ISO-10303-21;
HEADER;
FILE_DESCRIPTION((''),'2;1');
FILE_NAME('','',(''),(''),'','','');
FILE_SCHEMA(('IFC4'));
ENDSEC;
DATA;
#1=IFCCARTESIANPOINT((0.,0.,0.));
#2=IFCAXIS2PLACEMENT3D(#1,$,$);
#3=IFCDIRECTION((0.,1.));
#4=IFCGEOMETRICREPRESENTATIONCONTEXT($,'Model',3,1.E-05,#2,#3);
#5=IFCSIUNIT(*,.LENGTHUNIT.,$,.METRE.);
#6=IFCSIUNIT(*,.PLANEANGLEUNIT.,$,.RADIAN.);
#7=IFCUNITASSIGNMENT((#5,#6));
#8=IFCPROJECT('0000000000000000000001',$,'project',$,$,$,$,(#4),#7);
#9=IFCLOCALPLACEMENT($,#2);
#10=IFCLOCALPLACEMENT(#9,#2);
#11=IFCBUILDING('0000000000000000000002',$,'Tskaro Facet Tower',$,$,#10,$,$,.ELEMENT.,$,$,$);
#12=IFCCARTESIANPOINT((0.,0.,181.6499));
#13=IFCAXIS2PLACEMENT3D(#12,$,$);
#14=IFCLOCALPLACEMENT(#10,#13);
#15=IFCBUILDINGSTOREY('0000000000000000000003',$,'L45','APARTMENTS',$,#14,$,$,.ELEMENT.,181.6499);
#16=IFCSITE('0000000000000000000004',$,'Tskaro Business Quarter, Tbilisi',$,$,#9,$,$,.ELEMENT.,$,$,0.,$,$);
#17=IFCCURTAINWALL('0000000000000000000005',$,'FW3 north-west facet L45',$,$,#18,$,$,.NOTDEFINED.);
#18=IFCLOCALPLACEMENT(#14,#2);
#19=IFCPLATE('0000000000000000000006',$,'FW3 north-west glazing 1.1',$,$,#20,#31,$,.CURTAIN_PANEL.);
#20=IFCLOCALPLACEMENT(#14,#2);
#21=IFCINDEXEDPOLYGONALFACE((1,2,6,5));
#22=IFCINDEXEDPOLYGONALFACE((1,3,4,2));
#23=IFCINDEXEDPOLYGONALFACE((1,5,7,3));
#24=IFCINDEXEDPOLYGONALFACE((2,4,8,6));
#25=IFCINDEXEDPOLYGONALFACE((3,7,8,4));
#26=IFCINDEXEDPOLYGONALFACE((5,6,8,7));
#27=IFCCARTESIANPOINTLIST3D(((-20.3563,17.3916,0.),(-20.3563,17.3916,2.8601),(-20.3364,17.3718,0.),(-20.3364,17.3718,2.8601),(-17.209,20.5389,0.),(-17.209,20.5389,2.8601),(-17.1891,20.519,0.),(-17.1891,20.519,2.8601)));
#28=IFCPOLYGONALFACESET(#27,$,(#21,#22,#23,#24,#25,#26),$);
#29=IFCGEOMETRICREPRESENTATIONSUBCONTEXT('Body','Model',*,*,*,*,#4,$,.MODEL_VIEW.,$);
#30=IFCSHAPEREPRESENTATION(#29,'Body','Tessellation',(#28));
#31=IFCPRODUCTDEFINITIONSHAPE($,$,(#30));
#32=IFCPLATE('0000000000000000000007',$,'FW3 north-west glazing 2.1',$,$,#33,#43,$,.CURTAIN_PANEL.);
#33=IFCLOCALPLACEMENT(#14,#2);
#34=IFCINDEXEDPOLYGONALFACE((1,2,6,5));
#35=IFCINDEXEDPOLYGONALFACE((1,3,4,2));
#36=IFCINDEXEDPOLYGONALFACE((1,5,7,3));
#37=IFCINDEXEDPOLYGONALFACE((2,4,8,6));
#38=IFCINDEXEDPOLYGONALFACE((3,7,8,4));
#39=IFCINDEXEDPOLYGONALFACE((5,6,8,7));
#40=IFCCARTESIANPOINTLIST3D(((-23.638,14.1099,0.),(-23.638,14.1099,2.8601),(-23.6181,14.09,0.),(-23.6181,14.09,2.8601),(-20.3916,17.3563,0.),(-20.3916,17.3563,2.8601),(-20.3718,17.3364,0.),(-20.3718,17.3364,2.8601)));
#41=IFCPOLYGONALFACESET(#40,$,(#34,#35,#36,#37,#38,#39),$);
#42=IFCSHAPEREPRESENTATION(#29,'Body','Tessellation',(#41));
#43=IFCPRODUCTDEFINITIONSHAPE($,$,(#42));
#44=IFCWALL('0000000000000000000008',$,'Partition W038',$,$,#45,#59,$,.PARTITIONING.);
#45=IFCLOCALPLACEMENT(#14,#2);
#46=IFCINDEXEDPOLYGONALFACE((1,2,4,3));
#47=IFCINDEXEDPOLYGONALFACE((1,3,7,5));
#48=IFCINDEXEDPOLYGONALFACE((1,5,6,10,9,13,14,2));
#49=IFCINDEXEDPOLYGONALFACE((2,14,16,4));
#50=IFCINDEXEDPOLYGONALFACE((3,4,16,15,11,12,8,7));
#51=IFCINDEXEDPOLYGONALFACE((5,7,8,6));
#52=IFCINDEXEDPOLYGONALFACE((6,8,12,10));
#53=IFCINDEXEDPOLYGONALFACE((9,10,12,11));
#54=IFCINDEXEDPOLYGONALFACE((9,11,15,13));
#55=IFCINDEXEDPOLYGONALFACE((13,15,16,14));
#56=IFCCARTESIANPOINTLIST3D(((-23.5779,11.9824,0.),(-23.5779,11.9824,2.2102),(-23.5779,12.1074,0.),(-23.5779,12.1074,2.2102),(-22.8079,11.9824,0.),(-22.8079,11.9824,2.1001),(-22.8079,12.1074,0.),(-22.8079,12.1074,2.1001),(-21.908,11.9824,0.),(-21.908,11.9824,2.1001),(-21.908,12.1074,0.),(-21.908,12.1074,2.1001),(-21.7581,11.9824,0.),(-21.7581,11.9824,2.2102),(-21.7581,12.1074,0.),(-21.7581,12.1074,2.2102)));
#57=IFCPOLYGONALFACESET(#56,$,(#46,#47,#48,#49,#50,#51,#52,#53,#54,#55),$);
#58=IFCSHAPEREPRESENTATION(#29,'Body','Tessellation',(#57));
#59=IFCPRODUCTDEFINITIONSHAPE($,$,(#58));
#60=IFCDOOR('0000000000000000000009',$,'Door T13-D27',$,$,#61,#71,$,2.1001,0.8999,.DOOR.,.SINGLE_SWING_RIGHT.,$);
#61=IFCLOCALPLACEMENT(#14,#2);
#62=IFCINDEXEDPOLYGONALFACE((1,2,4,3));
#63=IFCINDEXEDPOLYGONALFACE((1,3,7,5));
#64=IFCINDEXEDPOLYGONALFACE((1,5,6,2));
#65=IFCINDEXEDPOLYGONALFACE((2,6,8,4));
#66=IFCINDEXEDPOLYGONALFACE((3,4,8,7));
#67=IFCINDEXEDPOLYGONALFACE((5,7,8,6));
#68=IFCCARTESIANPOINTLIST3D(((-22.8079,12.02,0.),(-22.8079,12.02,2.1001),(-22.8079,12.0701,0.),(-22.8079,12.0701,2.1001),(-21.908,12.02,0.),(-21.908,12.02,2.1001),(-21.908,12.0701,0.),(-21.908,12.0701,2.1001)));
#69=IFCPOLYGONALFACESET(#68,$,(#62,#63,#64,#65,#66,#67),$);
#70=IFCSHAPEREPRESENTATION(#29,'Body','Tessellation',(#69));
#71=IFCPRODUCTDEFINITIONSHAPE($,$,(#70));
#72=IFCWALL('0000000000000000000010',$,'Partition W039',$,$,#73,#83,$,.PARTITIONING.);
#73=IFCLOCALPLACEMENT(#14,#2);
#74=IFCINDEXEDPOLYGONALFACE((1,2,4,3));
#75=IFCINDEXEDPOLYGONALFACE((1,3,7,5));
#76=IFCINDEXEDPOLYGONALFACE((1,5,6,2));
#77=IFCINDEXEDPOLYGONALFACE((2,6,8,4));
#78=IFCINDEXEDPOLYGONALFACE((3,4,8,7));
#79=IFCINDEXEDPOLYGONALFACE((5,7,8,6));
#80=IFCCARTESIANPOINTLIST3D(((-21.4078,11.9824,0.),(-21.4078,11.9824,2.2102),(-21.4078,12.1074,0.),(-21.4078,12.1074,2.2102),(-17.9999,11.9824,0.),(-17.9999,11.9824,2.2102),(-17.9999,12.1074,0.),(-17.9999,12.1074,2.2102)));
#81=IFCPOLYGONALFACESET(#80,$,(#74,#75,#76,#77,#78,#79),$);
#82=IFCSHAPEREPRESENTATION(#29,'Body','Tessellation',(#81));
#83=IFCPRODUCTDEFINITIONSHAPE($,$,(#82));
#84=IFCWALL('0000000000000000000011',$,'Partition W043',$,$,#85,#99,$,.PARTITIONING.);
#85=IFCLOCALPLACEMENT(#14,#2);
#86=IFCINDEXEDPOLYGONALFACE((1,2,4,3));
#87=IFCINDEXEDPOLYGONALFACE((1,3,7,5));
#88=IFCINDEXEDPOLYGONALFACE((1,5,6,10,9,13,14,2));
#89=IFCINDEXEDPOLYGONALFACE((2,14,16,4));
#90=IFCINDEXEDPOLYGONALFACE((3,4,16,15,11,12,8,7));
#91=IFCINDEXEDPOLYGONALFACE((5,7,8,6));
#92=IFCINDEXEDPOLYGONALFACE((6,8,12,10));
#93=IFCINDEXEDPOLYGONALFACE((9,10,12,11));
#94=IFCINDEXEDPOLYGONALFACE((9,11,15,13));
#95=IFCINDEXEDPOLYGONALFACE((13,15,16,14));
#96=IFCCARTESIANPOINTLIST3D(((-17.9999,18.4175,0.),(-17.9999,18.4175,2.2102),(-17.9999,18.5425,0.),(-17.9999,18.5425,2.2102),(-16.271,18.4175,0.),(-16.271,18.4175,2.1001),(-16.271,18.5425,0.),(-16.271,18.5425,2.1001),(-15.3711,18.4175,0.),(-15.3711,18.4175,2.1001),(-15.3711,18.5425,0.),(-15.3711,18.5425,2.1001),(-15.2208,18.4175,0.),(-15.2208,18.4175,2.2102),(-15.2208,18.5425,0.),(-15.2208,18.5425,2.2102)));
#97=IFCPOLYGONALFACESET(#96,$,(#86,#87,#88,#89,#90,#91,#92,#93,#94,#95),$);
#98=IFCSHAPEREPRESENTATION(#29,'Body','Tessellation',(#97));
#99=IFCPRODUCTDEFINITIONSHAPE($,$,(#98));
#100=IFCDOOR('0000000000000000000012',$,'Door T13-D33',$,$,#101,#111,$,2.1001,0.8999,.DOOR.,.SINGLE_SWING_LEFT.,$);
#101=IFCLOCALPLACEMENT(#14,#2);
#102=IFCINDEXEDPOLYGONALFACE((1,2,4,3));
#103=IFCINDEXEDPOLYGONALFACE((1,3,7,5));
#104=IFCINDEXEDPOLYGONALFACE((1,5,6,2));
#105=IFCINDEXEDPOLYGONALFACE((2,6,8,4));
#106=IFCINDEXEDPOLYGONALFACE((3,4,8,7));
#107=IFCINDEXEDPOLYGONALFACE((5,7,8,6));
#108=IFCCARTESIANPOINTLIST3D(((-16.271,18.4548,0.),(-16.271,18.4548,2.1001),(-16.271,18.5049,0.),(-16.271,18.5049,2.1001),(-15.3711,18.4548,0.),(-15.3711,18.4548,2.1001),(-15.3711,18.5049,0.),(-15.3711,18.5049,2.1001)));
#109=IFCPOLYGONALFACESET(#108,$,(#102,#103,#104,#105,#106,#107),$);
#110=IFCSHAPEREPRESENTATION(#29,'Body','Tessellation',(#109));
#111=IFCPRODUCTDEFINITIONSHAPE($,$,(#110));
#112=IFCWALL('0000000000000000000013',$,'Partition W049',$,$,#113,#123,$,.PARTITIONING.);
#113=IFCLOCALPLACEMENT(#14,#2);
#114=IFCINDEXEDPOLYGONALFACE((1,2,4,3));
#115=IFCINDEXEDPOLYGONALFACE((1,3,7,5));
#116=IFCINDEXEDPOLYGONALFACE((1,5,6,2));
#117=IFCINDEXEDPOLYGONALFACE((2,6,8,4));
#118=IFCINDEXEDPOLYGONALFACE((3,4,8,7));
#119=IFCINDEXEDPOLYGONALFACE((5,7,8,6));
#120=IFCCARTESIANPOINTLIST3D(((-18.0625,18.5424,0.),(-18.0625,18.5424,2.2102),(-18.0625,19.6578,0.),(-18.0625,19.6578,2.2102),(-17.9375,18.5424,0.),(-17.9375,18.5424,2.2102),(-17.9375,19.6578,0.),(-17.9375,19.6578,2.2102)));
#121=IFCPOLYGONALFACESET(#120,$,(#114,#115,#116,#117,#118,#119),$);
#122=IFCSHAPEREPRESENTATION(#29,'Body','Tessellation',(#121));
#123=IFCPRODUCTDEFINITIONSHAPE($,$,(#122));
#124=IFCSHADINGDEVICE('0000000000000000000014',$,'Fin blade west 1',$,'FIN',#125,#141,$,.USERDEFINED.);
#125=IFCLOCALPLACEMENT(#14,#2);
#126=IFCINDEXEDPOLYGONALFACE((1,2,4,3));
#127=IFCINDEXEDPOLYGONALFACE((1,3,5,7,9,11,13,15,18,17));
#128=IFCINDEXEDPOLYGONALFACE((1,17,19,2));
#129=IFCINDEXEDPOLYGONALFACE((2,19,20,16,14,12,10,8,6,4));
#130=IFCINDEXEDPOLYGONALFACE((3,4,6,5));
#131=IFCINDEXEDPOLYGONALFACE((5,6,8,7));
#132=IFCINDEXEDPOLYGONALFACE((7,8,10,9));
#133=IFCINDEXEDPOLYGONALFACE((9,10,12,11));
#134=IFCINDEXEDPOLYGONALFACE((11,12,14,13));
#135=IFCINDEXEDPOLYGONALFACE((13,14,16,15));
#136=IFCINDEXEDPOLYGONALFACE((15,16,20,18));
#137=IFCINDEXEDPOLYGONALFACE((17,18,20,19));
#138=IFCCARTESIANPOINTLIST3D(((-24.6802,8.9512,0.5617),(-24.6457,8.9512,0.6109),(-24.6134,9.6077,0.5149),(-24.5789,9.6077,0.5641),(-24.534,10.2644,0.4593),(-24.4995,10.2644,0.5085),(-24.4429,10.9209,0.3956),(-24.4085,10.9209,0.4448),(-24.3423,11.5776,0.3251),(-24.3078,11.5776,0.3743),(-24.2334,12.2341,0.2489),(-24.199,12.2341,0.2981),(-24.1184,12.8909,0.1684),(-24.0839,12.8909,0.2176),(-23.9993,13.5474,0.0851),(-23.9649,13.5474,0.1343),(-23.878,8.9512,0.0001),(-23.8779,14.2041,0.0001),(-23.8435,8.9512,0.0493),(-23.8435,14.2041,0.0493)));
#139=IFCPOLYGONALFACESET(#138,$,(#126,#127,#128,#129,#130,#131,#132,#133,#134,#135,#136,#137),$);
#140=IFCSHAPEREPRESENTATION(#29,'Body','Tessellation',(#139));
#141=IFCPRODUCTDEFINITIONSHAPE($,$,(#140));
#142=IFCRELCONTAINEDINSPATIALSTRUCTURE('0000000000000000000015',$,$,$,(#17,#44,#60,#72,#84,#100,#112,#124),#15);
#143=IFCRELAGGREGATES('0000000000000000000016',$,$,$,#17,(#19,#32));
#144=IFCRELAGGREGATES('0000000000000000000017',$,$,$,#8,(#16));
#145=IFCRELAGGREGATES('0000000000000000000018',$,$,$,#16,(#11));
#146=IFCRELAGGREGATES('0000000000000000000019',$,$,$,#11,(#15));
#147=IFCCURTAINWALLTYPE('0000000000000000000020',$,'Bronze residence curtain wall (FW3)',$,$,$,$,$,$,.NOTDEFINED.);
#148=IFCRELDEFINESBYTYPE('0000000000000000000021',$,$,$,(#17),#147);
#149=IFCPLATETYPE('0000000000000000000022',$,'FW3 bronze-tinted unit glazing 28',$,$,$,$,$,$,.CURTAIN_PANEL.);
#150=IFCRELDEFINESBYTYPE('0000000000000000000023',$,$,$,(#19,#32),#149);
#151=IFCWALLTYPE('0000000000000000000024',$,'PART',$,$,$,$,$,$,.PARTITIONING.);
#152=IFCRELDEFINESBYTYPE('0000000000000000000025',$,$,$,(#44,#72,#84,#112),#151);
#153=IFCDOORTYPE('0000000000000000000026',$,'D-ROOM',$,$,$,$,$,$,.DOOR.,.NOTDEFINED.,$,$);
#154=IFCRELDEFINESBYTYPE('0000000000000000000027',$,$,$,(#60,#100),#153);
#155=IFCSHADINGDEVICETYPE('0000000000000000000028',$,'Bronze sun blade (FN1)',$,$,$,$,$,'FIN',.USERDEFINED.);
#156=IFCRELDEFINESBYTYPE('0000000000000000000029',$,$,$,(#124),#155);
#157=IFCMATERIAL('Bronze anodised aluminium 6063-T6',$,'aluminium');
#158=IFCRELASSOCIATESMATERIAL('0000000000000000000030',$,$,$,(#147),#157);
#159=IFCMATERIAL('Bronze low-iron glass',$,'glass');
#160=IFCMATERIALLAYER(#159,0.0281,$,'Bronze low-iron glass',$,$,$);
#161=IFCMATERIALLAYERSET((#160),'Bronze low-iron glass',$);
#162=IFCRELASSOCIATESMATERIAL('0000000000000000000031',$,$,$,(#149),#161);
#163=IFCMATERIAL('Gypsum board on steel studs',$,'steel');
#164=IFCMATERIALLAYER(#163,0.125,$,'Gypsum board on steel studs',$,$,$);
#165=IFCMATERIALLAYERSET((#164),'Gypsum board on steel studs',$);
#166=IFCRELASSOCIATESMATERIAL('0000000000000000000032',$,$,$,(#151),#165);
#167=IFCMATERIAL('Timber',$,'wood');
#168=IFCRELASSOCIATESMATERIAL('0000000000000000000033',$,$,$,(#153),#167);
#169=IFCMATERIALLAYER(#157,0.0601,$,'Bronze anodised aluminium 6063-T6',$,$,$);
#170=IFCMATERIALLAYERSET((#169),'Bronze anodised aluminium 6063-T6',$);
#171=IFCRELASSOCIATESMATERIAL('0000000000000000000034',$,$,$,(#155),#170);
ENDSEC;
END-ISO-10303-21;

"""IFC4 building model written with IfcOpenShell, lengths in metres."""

from ifc_helpers import new_model, si_unit, direction, frame, frame_2d, origin, origin_2d, place, context, subcontext, project, spatial, polyline, rectangle, outline, extrude, material, layer, layer_set, type_object, element, fill, aggregate, save


model = new_model("IFC4")

# Units and contexts
model_context = context("Model", 3, precision=1e-05, world=origin(), true_north=direction((0.0, 1.0)))
body_context = subcontext(model_context, "Body", "Model", "MODEL_VIEW")
ifc_project = project(units=[si_unit("LENGTHUNIT", "METRE"), si_unit("PLANEANGLEUNIT", "RADIAN")], contexts=[model_context])

# Site, building, storey
site_placement = place(None, origin())
site = spatial("IfcSite", under=ifc_project, at=site_placement, Name="Tskaro Business Quarter, Tbilisi", CompositionType="ELEMENT", RefElevation=0.0)
building_placement = place(site_placement, origin())
building = spatial("IfcBuilding", under=site, at=building_placement, Name="Tskaro Facet Tower", CompositionType="ELEMENT")
storey_placement = place(building_placement, frame((0.0, 0.0, 181.6499)))
storey = spatial("IfcBuildingStorey", under=building, at=storey_placement, Name="L45", Description="APARTMENTS", CompositionType="ELEMENT", Elevation=181.6499)

# Shared definitions
ifc_material_1 = material(Name="Bronze anodised aluminium 6063-T6", Category="aluminium")
curtain_wall_type = type_object("IfcCurtainWallType", Name="Bronze residence curtain wall (FW3)", PredefinedType="NOTDEFINED", material=ifc_material_1)

# Curtain wall
curtain_wall_1_placement = place(storey_placement, origin())
curtain_wall_1 = element("IfcCurtainWall", 1, at=curtain_wall_1_placement, inside=storey, type_object=curtain_wall_type, Name="FW3 north-west facet L45", PredefinedType="NOTDEFINED")

# Plates
ifc_material_2 = material(Name="Bronze low-iron glass", Category="glass")
ifc_layer_1 = layer(ifc_material_2, 0.0281, Name="Bronze low-iron glass")
ifc_layer_set_1 = layer_set([ifc_layer_1], Name="Bronze low-iron glass")
plate_type = type_object("IfcPlateType", Name="FW3 bronze-tinted unit glazing 28", PredefinedType="CURTAIN_PANEL", material=ifc_layer_set_1)
plate_1_placement = place(storey_placement, frame((-18.7727, 18.9553, 0.0), z_axis=(0.0, 0.0, 1.0), x_axis=(-0.707107, -0.707107, 0.0)))
plate_1 = element("IfcPlate", 2, at=plate_1_placement, type_object=plate_type, Name="FW3 north-west glazing 1.1", PredefinedType="CURTAIN_PANEL", context=body_context, shape_type="SweptSolid", body=[
    extrude(rectangle(XDim=4.4509, YDim=0.0281, at=origin_2d()), origin(), (0.0, 0.0, 1.0), 2.8601),
])
plate_2_placement = place(storey_placement, frame((-22.0049, 15.7231, 0.0), z_axis=(0.0, 0.0, 1.0), x_axis=(-0.707107, -0.707107, 0.0)))
plate_2 = element("IfcPlate", 3, at=plate_2_placement, type_object=plate_type, Name="FW3 north-west glazing 2.1", PredefinedType="CURTAIN_PANEL", context=body_context, shape_type="SweptSolid", body=[
    extrude(rectangle(XDim=4.5911, YDim=0.0281, at=origin_2d()), origin(), (0.0, 0.0, 1.0), 2.8601),
])
aggregate(curtain_wall_1, [plate_1, plate_2])

# Wall, opening, door
ifc_material_3 = material(Name="Gypsum board on steel studs", Category="steel")
ifc_layer_2 = layer(ifc_material_3, 0.125, Name="Gypsum board on steel studs")
ifc_layer_set_2 = layer_set([ifc_layer_2], Name="Gypsum board on steel studs")
wall_type = type_object("IfcWallType", Name="PART", PredefinedType="PARTITIONING", material=ifc_layer_set_2)
wall_1_placement = place(storey_placement, frame((-21.7581, 12.0449, 0.0), z_axis=(0.0, 0.0, 1.0), x_axis=(-1.0, 0.0, 0.0)))
wall_1 = element("IfcWall", 4, at=wall_1_placement, inside=storey, type_object=wall_type, Name="Partition W038", PredefinedType="PARTITIONING", context=body_context, shape_type="SweptSolid", body=[
    extrude(rectangle(XDim=1.8198, YDim=0.125, at=frame_2d((0.9099, 0.0))), origin(), (0.0, 0.0, 1.0), 2.2102),
])
opening_1_placement = place(wall_1_placement, frame((0.1499, 0.0, 0.0)))
opening_1 = element("IfcOpeningElement", 5, at=opening_1_placement, cuts=wall_1, PredefinedType="OPENING", context=body_context, shape_type="SweptSolid", body=[
    extrude(rectangle(XDim=0.8999, YDim=2.1001, at=frame_2d((0.45, 1.05))), frame((0.0, 0.0725, 0.0), z_axis=(0.0, -1.0, 0.0), x_axis=(1.0, 0.0, 0.0)), (0.0, 0.0, 1.0), 0.145),
])
ifc_material_4 = material(Name="Timber", Category="wood")
door_type = type_object("IfcDoorType", Name="D-ROOM", OperationType="NOTDEFINED", PredefinedType="DOOR", material=ifc_material_4)
door_1_placement = place(opening_1_placement, origin())
door_1 = element("IfcDoor", 6, at=door_1_placement, inside=storey, type_object=door_type, Name="Door T13-D27", OperationType="SINGLE_SWING_RIGHT", OverallHeight=2.1001, OverallWidth=0.8999, PredefinedType="DOOR", context=body_context, shape_type="SweptSolid", body=[
    extrude(rectangle(XDim=0.8999, YDim=2.1001, at=frame_2d((0.45, 1.05))), frame((0.0, 0.0249, 0.0), z_axis=(0.0, -1.0, 0.0), x_axis=(1.0, 0.0, 0.0)), (0.0, 0.0, 1.0), 0.05),
])
fill(opening_1, door_1)

# Wall
wall_2_placement = place(storey_placement, frame((-21.408, 12.0449, 0.0), z_axis=(0.0, 0.0, 1.0), x_axis=(1.0, 0.0, 0.0)))
element("IfcWall", 7, at=wall_2_placement, inside=storey, type_object=wall_type, Name="Partition W039", PredefinedType="PARTITIONING", context=body_context, shape_type="SweptSolid", body=[
    extrude(rectangle(XDim=3.408, YDim=0.125, at=frame_2d((1.7041, 0.0))), origin(), (0.0, 0.0, 1.0), 2.2102),
])

# Wall, opening, door
wall_3_placement = place(storey_placement, frame((-18.0, 18.48, 0.0), z_axis=(0.0, 0.0, 1.0), x_axis=(1.0, 0.0, 0.0)))
wall_3 = element("IfcWall", 8, at=wall_3_placement, inside=storey, type_object=wall_type, Name="Partition W043", PredefinedType="PARTITIONING", context=body_context, shape_type="SweptSolid", body=[
    extrude(rectangle(XDim=2.7791, YDim=0.125, at=frame_2d((1.3896, 0.0))), origin(), (0.0, 0.0, 1.0), 2.2102),
])
opening_2_placement = place(wall_3_placement, frame((1.729, 0.0, 0.0)))
opening_2 = element("IfcOpeningElement", 9, at=opening_2_placement, cuts=wall_3, PredefinedType="OPENING", context=body_context, shape_type="SweptSolid", body=[
    extrude(rectangle(XDim=0.8999, YDim=2.1001, at=frame_2d((0.45, 1.05))), frame((0.0, 0.0725, 0.0), z_axis=(0.0, -1.0, 0.0), x_axis=(1.0, 0.0, 0.0)), (0.0, 0.0, 1.0), 0.145),
])
door_2_placement = place(opening_2_placement, origin())
door_2 = element("IfcDoor", 10, at=door_2_placement, inside=storey, type_object=door_type, Name="Door T13-D33", OperationType="SINGLE_SWING_LEFT", OverallHeight=2.1001, OverallWidth=0.8999, PredefinedType="DOOR", context=body_context, shape_type="SweptSolid", body=[
    extrude(rectangle(XDim=0.8999, YDim=2.1001, at=frame_2d((0.45, 1.05))), frame((0.0, 0.0249, 0.0), z_axis=(0.0, -1.0, 0.0), x_axis=(1.0, 0.0, 0.0)), (0.0, 0.0, 1.0), 0.05),
])
fill(opening_2, door_2)

# Wall
wall_4_placement = place(storey_placement, frame((-18.0, 18.5425, 0.0), z_axis=(0.0, 0.0, 1.0), x_axis=(0.0, 1.0, 0.0)))
element("IfcWall", 11, at=wall_4_placement, inside=storey, type_object=wall_type, Name="Partition W049", PredefinedType="PARTITIONING", context=body_context, shape_type="SweptSolid", body=[
    extrude(rectangle(XDim=1.1155, YDim=0.125, at=frame_2d((0.5576, 0.0))), origin(), (0.0, 0.0, 1.0), 2.2102),
])

# Shading device
ifc_layer_3 = layer(ifc_material_1, 0.0601, Name="Bronze anodised aluminium 6063-T6")
ifc_layer_set_3 = layer_set([ifc_layer_3], Name="Bronze anodised aluminium 6063-T6")
shading_device_type = type_object("IfcShadingDeviceType", Name="Bronze sun blade (FN1)", ElementType="FIN", PredefinedType="USERDEFINED", material=ifc_layer_set_3)
shading_device_placement = place(storey_placement, frame((-23.8435, 14.2041, 0.0493), z_axis=(0.573455, -0.000003, 0.819237), x_axis=(-0.000002, -1.0, -0.000002)))
element("IfcShadingDevice", 12, at=shading_device_placement, inside=storey, type_object=shading_device_type, Name="Fin blade west 1", ObjectType="FIN", PredefinedType="USERDEFINED", context=body_context, shape_type="SweptSolid", body=[
    extrude(outline(polyline([(0.0, 0.0), (5.2529, 0.0), (5.2529, -0.9792), (4.5964, -0.8977), (3.9397, -0.8008), (3.2832, -0.6896), (2.6265, -0.5668), (1.97, -0.4339), (1.3132, -0.2935), (0.6567, -0.1481), (0.0, 0.0)])), origin(), (0.0, 0.0, -1.0), 0.0601),
])

save(model, "model.ifc")
